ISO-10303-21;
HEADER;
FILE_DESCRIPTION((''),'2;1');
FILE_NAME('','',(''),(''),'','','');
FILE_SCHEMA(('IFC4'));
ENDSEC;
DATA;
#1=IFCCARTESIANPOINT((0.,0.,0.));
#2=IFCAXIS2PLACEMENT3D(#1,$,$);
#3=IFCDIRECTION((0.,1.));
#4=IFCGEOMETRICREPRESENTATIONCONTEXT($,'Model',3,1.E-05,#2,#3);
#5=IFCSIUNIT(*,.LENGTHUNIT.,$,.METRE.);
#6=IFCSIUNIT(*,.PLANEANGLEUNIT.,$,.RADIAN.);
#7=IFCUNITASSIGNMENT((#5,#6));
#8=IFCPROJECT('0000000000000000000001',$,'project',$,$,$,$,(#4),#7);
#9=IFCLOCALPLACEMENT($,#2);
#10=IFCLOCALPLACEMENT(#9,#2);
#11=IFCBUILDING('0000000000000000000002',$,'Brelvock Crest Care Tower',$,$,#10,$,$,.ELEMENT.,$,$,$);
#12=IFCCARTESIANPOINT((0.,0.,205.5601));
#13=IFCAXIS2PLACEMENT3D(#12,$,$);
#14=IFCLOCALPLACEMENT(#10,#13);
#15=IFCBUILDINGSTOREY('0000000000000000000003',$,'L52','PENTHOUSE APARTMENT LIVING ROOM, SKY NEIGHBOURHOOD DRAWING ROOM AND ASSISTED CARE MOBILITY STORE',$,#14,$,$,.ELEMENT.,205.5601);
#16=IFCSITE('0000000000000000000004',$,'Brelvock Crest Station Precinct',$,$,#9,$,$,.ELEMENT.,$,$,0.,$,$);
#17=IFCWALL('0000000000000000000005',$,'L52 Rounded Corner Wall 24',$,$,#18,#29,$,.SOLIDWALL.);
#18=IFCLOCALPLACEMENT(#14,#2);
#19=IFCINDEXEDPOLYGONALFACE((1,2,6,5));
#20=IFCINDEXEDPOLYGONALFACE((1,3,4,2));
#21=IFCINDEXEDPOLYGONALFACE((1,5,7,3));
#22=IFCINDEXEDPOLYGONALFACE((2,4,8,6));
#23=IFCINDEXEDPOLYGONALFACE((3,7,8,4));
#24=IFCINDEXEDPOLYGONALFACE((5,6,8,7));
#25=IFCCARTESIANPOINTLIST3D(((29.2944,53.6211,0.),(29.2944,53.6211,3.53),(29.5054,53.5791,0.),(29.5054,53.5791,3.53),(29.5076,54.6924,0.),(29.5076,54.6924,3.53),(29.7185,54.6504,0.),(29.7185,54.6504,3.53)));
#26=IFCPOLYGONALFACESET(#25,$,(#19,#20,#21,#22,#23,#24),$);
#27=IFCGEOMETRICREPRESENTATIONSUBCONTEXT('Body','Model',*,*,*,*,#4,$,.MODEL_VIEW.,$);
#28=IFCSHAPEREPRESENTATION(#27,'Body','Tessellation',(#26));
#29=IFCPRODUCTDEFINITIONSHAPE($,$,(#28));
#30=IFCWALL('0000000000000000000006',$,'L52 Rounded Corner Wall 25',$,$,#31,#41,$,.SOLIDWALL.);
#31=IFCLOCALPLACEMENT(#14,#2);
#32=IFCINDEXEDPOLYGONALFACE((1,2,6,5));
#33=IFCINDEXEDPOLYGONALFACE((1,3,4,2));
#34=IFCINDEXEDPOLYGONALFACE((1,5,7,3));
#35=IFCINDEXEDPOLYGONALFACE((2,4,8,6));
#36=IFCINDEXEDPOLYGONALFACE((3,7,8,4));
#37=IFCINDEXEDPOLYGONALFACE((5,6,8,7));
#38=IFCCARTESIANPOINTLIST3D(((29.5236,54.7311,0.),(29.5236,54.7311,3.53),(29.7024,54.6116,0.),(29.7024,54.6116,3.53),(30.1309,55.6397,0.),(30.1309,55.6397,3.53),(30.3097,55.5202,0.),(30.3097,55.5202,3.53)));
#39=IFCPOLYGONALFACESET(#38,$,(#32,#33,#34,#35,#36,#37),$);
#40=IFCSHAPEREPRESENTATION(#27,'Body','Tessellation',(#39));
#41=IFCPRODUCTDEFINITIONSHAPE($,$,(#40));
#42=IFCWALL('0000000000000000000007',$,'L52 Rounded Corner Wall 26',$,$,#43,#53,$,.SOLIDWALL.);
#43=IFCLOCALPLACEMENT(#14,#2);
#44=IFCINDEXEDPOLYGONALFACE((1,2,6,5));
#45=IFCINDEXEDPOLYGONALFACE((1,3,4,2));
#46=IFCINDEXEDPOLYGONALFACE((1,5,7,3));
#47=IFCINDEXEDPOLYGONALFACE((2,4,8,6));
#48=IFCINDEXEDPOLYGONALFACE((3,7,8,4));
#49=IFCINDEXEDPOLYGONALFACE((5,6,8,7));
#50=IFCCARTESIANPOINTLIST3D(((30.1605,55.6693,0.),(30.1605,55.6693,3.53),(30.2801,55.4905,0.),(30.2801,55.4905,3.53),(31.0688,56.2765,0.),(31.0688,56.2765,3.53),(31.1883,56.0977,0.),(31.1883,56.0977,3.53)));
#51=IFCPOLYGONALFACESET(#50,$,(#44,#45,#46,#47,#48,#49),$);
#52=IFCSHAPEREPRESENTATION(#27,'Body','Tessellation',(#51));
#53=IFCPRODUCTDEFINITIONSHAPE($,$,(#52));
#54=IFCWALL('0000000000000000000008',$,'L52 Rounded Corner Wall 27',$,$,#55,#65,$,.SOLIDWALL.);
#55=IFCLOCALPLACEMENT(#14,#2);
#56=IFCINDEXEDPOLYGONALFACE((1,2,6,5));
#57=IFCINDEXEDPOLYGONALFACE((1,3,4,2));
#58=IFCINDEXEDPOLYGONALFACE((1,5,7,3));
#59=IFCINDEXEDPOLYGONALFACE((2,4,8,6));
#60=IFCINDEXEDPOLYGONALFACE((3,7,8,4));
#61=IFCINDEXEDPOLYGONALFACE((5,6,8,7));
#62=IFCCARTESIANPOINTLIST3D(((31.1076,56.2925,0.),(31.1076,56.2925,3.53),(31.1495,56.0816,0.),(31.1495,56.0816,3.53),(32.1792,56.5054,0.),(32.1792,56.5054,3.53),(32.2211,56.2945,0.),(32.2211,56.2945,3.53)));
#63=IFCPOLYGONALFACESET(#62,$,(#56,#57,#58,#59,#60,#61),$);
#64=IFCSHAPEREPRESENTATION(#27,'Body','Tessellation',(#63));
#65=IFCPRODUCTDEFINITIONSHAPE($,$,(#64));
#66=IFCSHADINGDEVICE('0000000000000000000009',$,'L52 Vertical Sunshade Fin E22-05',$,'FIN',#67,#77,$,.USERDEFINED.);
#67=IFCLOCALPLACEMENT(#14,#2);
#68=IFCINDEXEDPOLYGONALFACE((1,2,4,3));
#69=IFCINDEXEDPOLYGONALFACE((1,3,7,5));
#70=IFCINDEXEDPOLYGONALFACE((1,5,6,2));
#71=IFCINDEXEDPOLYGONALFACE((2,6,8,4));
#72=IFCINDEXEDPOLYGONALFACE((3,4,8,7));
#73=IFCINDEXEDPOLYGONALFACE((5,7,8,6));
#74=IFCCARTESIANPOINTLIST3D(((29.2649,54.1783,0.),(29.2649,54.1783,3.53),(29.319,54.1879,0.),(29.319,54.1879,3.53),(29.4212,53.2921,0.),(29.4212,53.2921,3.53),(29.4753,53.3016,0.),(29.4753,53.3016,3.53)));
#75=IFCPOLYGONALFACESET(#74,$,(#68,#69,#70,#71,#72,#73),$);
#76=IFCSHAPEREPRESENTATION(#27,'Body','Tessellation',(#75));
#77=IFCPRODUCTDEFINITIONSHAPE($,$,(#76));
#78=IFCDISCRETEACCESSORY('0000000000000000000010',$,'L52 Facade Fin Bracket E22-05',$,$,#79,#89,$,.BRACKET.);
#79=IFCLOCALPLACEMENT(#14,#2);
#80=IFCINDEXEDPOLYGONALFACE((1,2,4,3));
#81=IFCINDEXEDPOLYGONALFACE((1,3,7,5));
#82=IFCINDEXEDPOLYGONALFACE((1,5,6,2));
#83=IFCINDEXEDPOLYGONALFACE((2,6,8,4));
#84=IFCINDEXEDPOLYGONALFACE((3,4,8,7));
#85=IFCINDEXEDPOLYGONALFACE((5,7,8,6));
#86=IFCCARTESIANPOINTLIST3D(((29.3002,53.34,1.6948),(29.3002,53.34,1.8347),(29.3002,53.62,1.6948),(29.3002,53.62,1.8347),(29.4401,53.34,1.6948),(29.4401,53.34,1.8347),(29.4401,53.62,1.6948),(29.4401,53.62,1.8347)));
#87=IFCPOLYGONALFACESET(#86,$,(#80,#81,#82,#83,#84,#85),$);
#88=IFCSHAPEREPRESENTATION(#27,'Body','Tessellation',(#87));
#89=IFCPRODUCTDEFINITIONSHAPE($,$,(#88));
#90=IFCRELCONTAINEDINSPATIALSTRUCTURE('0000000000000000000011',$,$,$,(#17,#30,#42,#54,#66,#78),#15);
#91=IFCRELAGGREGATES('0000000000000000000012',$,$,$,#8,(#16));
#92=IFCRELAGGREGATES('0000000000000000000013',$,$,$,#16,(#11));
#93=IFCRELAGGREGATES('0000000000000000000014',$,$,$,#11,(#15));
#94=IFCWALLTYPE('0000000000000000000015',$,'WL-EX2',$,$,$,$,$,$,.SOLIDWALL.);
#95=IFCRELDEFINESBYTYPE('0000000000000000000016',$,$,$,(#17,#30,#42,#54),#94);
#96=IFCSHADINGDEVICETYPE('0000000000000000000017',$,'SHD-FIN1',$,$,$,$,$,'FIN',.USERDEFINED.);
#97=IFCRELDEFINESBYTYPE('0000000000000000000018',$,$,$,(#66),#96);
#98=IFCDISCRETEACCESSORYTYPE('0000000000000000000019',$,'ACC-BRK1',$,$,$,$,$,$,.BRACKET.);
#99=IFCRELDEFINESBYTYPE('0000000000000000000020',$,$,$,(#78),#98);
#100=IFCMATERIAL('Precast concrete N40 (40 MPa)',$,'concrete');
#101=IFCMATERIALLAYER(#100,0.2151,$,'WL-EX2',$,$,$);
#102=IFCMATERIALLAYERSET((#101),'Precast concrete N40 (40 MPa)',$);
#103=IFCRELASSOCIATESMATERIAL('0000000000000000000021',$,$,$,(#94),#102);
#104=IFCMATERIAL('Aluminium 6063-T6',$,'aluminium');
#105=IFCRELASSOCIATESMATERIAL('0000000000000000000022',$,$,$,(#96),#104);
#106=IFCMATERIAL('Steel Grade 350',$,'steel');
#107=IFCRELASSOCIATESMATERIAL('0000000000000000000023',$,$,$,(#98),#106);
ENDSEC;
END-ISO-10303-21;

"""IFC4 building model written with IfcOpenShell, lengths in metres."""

from ifc_helpers import new_model, si_unit, direction, frame, frame_2d, origin, origin_2d, place, context, subcontext, project, spatial, rectangle, extrude, source, transform, mapped, material, layer, layer_set, material_profile, profile_set, type_object, element, save


model = new_model("IFC4")

# Units and contexts
model_context = context("Model", 3, precision=1e-05, world=origin(), true_north=direction((0.0, 1.0)))
body_context = subcontext(model_context, "Body", "Model", "MODEL_VIEW")
ifc_project = project(units=[si_unit("LENGTHUNIT", "METRE"), si_unit("PLANEANGLEUNIT", "RADIAN")], contexts=[model_context])

# Site, building, storey
site_placement = place(None, origin())
site = spatial("IfcSite", under=ifc_project, at=site_placement, Name="Brelvock Crest Station Precinct", CompositionType="ELEMENT", RefElevation=0.0)
building_placement = place(site_placement, origin())
building = spatial("IfcBuilding", under=site, at=building_placement, Name="Brelvock Crest Care Tower", CompositionType="ELEMENT")
storey_placement = place(building_placement, frame((0.0, 0.0, 205.5601)))
storey = spatial("IfcBuildingStorey", under=building, at=storey_placement, Name="L52", Description="PENTHOUSE APARTMENT LIVING ROOM, SKY NEIGHBOURHOOD DRAWING ROOM AND ASSISTED CARE MOBILITY STORE", CompositionType="ELEMENT", Elevation=205.5601)

# Shared definitions
ifc_material_1 = material(Name="Steel Grade 350", Category="steel")

# Shared definitions
ifc_material_2 = material(Name="Aluminium 6063-T6", Category="aluminium")

# Walls
ifc_material_3 = material(Name="Precast concrete N40 (40 MPa)", Category="concrete")
ifc_layer_1 = layer(ifc_material_3, 0.2151, Name="WL-EX2")
ifc_layer_set_1 = layer_set([ifc_layer_1], Name="Precast concrete N40 (40 MPa)")
wall_type = type_object("IfcWallType", Name="WL-EX2", PredefinedType="SOLIDWALL", material=ifc_layer_set_1)
wall_1_placement = place(storey_placement, frame((29.3999, 53.6001, 0.0), z_axis=(0.0, 0.0, 1.0), x_axis=(0.195127, 0.980778, 0.0)))
element("IfcWall", 1, at=wall_1_placement, inside=storey, type_object=wall_type, Name="L52 Rounded Corner Wall 24", PredefinedType="SOLIDWALL", context=body_context, shape_type="SweptSolid", body=[
    extrude(rectangle(XDim=1.0923, YDim=0.2151, at=frame_2d((0.5461, 0.0))), origin(), (0.0, 0.0, 1.0), 3.53),
])
wall_2_placement = place(storey_placement, frame((29.613, 54.6714, 0.0), z_axis=(0.0, 0.0, 1.0), x_axis=(0.555679, 0.831397, 0.0)))
element("IfcWall", 2, at=wall_2_placement, inside=storey, type_object=wall_type, Name="L52 Rounded Corner Wall 25", PredefinedType="SOLIDWALL", context=body_context, shape_type="SweptSolid", body=[
    extrude(rectangle(XDim=1.0928, YDim=0.2151, at=frame_2d((0.5464, 0.0))), origin(), (0.0, 0.0, 1.0), 3.53),
])
for number, where, z_axis, x_axis, name in (
    (3, (30.2202, 55.5798, 0.0), (0.0, 0.0, 1.0), (0.831328, 0.555783, 0.0), "L52 Rounded Corner Wall 26"),
    (4, (31.1284, 56.187, 0.0), (0.0, 0.0, 1.0), (0.980829, 0.19487, 0.0), "L52 Rounded Corner Wall 27"),
):
    element("IfcWall", number, at=place(storey_placement, frame(where, z_axis=z_axis, x_axis=x_axis)), inside=storey, type_object=wall_type, Name=name, PredefinedType="SOLIDWALL", context=body_context, shape_type="SweptSolid", body=[
        extrude(rectangle(XDim=1.0925, YDim=0.2151, at=frame_2d((0.5464, 0.0))), origin(), (0.0, 0.0, 1.0), 3.53),
    ])

# Shading device
ifc_material_profile_1 = material_profile(ifc_material_2, rectangle(XDim=0.0549, YDim=0.8999, at=origin_2d()), Name="FIN55x900")
ifc_profile_set_1 = profile_set([ifc_material_profile_1], Name="Aluminium 6063-T6")
shading_device_type = type_object("IfcShadingDeviceType", Name="SHD-FIN1", ElementType="FIN", PredefinedType="USERDEFINED", material=ifc_profile_set_1)
shared_shape_1 = source(origin(), body_context, "Body", "SweptSolid", [
    extrude(rectangle(XDim=0.0549, YDim=0.8999, at=origin_2d()), origin(), (0.0, 0.0, 1.0), 3.53),
])
shading_device_placement = place(storey_placement, frame((29.3701, 53.74, 0.0), z_axis=(0.0, 0.0, 1.0), x_axis=(0.984808, 0.173648, 0.0)))
element("IfcShadingDevice", 5, at=shading_device_placement, inside=storey, type_object=shading_device_type, Name="L52 Vertical Sunshade Fin E22-05", ObjectType="FIN", PredefinedType="USERDEFINED", context=body_context, shape_type="MappedRepresentation", body=[
    mapped(shared_shape_1, transform((0.0, 0.0, 0.0), x_axis=(1.0, 0.0, 0.0), y_axis=(0.0, 1.0, 0.0), z_axis=(0.0, 0.0, 1.0), scale=1.0)),
])

# Discrete accessory
discrete_accessory_type = type_object("IfcDiscreteAccessoryType", Name="ACC-BRK1", PredefinedType="BRACKET", material=ifc_material_1)
shared_shape_2 = source(origin(), body_context, "Body", "SweptSolid", [
    extrude(rectangle(XDim=0.28, YDim=0.1399, at=origin_2d()), origin(), (0.0, 0.0, 1.0), 0.1399),
])
discrete_accessory_placement = place(storey_placement, frame((29.3701, 53.48, 1.6948), z_axis=(0.0, 0.0, 1.0), x_axis=(0.0, 1.0, 0.0)))
element("IfcDiscreteAccessory", 6, at=discrete_accessory_placement, inside=storey, type_object=discrete_accessory_type, Name="L52 Facade Fin Bracket E22-05", PredefinedType="BRACKET", context=body_context, shape_type="MappedRepresentation", body=[
    mapped(shared_shape_2, transform((0.0, 0.0, 0.0), x_axis=(1.0, 0.0, 0.0), y_axis=(0.0, 1.0, 0.0), z_axis=(0.0, 0.0, 1.0), scale=1.0)),
])

save(model, "model.ifc")
